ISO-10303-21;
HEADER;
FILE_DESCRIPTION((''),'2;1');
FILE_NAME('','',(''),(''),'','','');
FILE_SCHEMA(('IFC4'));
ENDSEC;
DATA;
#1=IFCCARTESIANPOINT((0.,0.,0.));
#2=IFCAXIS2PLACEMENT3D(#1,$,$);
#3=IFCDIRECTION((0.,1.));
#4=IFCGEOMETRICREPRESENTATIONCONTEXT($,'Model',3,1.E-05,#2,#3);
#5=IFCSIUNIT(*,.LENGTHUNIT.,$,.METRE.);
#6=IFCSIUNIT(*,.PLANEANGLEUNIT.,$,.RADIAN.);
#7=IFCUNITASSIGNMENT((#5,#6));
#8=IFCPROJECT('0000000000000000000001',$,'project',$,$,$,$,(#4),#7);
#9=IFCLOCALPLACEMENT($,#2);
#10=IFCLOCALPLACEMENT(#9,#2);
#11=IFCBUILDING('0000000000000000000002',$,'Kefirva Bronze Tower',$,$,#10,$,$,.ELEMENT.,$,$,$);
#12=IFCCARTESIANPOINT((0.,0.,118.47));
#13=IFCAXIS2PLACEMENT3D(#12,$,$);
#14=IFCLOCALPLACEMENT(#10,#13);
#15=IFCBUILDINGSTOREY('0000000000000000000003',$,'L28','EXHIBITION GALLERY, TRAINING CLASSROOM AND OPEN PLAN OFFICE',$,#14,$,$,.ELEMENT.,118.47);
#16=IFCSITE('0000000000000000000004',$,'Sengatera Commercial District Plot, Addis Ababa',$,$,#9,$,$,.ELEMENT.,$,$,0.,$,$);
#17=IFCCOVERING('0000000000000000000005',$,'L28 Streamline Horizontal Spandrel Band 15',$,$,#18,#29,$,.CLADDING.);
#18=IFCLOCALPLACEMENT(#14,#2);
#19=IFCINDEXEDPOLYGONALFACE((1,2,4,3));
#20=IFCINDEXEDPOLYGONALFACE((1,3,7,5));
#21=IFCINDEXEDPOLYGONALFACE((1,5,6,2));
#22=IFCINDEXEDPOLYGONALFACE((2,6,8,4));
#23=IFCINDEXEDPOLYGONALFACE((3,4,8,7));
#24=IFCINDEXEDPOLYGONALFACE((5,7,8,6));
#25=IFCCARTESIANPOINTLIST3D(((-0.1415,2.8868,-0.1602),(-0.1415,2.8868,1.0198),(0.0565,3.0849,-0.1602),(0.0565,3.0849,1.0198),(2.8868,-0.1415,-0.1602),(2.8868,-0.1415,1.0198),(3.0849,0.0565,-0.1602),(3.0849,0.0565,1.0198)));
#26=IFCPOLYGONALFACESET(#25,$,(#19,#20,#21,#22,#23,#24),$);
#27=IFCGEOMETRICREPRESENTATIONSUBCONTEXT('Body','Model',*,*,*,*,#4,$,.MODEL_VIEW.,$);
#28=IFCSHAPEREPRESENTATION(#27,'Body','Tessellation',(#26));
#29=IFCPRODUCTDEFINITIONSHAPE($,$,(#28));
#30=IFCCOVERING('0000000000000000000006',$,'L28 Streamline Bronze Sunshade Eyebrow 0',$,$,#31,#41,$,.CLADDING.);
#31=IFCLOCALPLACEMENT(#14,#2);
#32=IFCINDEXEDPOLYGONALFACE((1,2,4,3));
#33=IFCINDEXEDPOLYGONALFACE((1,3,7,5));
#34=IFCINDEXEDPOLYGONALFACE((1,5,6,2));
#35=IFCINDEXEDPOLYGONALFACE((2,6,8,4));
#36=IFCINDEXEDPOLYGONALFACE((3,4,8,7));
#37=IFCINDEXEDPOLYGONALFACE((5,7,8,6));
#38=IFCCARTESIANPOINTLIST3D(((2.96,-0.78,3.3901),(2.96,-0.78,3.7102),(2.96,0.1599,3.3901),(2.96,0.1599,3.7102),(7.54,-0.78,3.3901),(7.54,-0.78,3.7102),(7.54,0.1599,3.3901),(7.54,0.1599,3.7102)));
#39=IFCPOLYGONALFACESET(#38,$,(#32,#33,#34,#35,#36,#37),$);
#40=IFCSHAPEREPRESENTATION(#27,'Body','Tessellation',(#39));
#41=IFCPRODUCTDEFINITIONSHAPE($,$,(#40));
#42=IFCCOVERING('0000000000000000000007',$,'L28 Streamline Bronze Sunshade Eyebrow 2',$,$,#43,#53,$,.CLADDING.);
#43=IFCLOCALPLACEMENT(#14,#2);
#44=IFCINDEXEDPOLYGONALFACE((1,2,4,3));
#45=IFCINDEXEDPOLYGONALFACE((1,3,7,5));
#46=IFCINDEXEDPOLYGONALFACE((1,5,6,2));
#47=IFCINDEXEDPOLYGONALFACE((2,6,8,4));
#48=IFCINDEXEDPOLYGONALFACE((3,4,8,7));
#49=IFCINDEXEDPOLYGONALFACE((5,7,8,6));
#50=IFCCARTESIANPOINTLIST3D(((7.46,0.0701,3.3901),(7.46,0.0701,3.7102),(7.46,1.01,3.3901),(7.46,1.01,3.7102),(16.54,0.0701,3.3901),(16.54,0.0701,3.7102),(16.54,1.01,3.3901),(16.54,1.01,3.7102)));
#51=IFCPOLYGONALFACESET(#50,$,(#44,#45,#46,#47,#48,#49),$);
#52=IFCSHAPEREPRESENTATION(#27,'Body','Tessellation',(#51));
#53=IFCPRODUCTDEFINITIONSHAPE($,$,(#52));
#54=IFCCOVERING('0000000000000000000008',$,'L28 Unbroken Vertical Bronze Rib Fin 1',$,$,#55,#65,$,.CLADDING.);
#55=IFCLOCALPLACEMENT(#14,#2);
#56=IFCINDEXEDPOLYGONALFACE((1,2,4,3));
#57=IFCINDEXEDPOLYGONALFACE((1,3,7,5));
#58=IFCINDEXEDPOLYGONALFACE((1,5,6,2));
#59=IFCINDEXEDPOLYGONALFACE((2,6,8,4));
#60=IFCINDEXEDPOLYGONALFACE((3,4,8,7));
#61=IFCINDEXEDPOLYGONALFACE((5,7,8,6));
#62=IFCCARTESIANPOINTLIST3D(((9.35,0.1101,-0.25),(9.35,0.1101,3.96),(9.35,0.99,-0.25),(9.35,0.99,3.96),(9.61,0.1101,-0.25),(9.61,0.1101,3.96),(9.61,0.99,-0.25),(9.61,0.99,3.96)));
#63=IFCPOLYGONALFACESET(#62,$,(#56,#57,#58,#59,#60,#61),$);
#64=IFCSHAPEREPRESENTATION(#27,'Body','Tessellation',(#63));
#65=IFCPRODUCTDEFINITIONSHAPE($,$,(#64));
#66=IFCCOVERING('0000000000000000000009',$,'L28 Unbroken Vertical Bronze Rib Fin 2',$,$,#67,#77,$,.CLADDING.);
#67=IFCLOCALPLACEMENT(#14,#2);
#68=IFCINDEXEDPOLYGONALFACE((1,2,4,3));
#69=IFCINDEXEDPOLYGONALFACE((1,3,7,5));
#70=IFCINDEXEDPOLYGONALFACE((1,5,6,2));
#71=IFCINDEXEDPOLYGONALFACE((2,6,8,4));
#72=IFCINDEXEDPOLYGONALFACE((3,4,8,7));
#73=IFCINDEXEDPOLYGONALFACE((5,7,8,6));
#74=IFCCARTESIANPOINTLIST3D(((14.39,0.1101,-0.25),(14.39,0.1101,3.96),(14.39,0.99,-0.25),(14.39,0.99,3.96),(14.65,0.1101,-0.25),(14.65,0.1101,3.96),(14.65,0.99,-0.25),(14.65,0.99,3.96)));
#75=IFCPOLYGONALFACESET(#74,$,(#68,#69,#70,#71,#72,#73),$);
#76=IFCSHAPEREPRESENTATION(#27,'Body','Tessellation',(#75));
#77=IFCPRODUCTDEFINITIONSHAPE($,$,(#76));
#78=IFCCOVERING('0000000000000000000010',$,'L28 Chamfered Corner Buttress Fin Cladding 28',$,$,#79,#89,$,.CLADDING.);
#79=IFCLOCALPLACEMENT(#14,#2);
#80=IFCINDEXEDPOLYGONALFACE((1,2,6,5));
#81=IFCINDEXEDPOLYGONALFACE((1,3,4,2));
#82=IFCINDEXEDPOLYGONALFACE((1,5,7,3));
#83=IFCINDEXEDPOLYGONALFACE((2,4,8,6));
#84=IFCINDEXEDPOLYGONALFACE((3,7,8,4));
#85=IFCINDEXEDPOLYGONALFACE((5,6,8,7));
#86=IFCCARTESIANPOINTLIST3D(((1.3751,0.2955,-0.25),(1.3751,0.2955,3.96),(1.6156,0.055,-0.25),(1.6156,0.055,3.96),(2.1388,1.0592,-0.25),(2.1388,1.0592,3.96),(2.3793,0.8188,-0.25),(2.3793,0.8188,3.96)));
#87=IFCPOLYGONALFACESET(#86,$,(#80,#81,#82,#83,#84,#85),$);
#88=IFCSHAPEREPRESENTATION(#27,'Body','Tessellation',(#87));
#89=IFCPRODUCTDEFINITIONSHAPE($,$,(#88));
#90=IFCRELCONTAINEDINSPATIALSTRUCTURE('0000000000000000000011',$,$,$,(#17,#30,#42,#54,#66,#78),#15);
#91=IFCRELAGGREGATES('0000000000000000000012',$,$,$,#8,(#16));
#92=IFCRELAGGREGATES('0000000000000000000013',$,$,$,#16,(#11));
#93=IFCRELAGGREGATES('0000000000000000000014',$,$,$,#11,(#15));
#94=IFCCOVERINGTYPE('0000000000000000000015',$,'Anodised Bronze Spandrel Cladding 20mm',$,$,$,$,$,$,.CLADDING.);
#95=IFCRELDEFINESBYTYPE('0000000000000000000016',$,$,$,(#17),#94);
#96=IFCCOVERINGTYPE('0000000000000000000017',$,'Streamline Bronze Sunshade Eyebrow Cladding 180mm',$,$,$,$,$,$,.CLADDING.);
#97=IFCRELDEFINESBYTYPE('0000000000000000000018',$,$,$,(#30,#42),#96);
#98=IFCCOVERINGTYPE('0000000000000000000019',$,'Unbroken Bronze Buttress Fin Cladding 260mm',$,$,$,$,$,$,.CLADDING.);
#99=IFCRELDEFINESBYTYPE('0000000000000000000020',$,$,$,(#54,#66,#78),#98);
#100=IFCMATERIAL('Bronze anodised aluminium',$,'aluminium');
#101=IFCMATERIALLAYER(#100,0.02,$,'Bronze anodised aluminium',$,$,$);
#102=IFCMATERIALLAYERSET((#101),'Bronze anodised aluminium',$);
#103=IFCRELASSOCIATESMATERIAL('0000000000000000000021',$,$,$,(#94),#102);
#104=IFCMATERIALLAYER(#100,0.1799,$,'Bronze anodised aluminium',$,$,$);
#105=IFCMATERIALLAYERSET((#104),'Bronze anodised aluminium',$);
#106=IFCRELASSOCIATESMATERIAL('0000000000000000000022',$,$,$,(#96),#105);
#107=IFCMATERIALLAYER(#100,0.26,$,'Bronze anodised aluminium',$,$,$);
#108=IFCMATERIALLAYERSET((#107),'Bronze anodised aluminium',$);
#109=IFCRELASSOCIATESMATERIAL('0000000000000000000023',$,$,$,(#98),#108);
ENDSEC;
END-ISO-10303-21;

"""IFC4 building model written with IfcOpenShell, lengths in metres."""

from ifc_helpers import new_model, si_unit, direction, frame, origin, origin_2d, place, context, subcontext, project, spatial, rectangle, extrude, material, layer, layer_set, type_object, element, save


model = new_model("IFC4")

# Units and contexts
model_context = context("Model", 3, precision=1e-05, world=origin(), true_north=direction((0.0, 1.0)))
body_context = subcontext(model_context, "Body", "Model", "MODEL_VIEW")
ifc_project = project(units=[si_unit("LENGTHUNIT", "METRE"), si_unit("PLANEANGLEUNIT", "RADIAN")], contexts=[model_context])

# Site, building, storey
site_placement = place(None, origin())
site = spatial("IfcSite", under=ifc_project, at=site_placement, Name="Sengatera Commercial District Plot, Addis Ababa", CompositionType="ELEMENT", RefElevation=0.0)
building_placement = place(site_placement, origin())
building = spatial("IfcBuilding", under=site, at=building_placement, Name="Kefirva Bronze Tower", CompositionType="ELEMENT")
storey_placement = place(building_placement, frame((0.0, 0.0, 118.47)))
storey = spatial("IfcBuildingStorey", under=building, at=storey_placement, Name="L28", Description="EXHIBITION GALLERY, TRAINING CLASSROOM AND OPEN PLAN OFFICE", CompositionType="ELEMENT", Elevation=118.47)

# Coverings
ifc_material_1 = material(Name="Bronze anodised aluminium", Category="aluminium")
ifc_layer_1 = layer(ifc_material_1, 0.02, Name="Bronze anodised aluminium")
ifc_layer_set_1 = layer_set([ifc_layer_1], Name="Bronze anodised aluminium")
covering_type_1 = type_object("IfcCoveringType", Name="Anodised Bronze Spandrel Cladding 20mm", PredefinedType="CLADDING", material=ifc_layer_set_1)
covering_1_placement = place(storey_placement, frame((1.4717, 1.4717, -0.1602), z_axis=(0.0, 0.0, 1.0), x_axis=(0.707107, -0.707107, 0.0)))
element("IfcCovering", 1, at=covering_1_placement, inside=storey, type_object=covering_type_1, Name="L28 Streamline Horizontal Spandrel Band 15", PredefinedType="CLADDING", context=body_context, shape_type="SweptSolid", body=[
    extrude(rectangle(XDim=4.2827, YDim=0.28, at=origin_2d()), origin(), (0.0, 0.0, 1.0), 1.1799),
])
ifc_layer_2 = layer(ifc_material_1, 0.1799, Name="Bronze anodised aluminium")
ifc_layer_set_2 = layer_set([ifc_layer_2], Name="Bronze anodised aluminium")
covering_type_2 = type_object("IfcCoveringType", Name="Streamline Bronze Sunshade Eyebrow Cladding 180mm", PredefinedType="CLADDING", material=ifc_layer_set_2)
covering_2_placement = place(storey_placement, frame((5.25, -0.3101, 3.3901), z_axis=(0.0, 0.0, 1.0), x_axis=(1.0, 0.0, 0.0)))
element("IfcCovering", 2, at=covering_2_placement, inside=storey, type_object=covering_type_2, Name="L28 Streamline Bronze Sunshade Eyebrow 0", PredefinedType="CLADDING", context=body_context, shape_type="SweptSolid", body=[
    extrude(rectangle(XDim=4.5801, YDim=0.9399, at=origin_2d()), origin(), (0.0, 0.0, 1.0), 0.3201),
])
covering_3_placement = place(storey_placement, frame((12.0, 0.54, 3.3901), z_axis=(0.0, 0.0, 1.0), x_axis=(1.0, 0.0, 0.0)))
element("IfcCovering", 3, at=covering_3_placement, inside=storey, type_object=covering_type_2, Name="L28 Streamline Bronze Sunshade Eyebrow 2", PredefinedType="CLADDING", context=body_context, shape_type="SweptSolid", body=[
    extrude(rectangle(XDim=9.0801, YDim=0.9399, at=origin_2d()), origin(), (0.0, 0.0, 1.0), 0.3201),
])
ifc_layer_3 = layer(ifc_material_1, 0.26, Name="Bronze anodised aluminium")
ifc_layer_set_3 = layer_set([ifc_layer_3], Name="Bronze anodised aluminium")
covering_type_3 = type_object("IfcCoveringType", Name="Unbroken Bronze Buttress Fin Cladding 260mm", PredefinedType="CLADDING", material=ifc_layer_set_3)
for number, where, z_axis, x_axis, name in (
    (4, (9.48, 0.55, -0.25), (0.0, 0.0, 1.0), (1.0, 0.0, 0.0), "L28 Unbroken Vertical Bronze Rib Fin 1"),
    (5, (14.52, 0.55, -0.25), (0.0, 0.0, 1.0), (1.0, 0.0, 0.0), "L28 Unbroken Vertical Bronze Rib Fin 2"),
):
    element("IfcCovering", number, at=place(storey_placement, frame(where, z_axis=z_axis, x_axis=x_axis)), inside=storey, type_object=covering_type_3, Name=name, PredefinedType="CLADDING", context=body_context, shape_type="SweptSolid", body=[
        extrude(rectangle(XDim=0.26, YDim=0.8799, at=origin_2d()), origin(), (0.0, 0.0, 1.0), 4.21),
    ])
covering_4_placement = place(storey_placement, frame((1.8772, 0.5571, -0.25), z_axis=(0.0, 0.0, 1.0), x_axis=(0.707107, -0.707107, 0.0)))
element("IfcCovering", 6, at=covering_4_placement, inside=storey, type_object=covering_type_3, Name="L28 Chamfered Corner Buttress Fin Cladding 28", PredefinedType="CLADDING", context=body_context, shape_type="SweptSolid", body=[
    extrude(rectangle(XDim=0.3401, YDim=1.0801, at=origin_2d()), origin(), (0.0, 0.0, 1.0), 4.21),
])

save(model, "model.ifc")
